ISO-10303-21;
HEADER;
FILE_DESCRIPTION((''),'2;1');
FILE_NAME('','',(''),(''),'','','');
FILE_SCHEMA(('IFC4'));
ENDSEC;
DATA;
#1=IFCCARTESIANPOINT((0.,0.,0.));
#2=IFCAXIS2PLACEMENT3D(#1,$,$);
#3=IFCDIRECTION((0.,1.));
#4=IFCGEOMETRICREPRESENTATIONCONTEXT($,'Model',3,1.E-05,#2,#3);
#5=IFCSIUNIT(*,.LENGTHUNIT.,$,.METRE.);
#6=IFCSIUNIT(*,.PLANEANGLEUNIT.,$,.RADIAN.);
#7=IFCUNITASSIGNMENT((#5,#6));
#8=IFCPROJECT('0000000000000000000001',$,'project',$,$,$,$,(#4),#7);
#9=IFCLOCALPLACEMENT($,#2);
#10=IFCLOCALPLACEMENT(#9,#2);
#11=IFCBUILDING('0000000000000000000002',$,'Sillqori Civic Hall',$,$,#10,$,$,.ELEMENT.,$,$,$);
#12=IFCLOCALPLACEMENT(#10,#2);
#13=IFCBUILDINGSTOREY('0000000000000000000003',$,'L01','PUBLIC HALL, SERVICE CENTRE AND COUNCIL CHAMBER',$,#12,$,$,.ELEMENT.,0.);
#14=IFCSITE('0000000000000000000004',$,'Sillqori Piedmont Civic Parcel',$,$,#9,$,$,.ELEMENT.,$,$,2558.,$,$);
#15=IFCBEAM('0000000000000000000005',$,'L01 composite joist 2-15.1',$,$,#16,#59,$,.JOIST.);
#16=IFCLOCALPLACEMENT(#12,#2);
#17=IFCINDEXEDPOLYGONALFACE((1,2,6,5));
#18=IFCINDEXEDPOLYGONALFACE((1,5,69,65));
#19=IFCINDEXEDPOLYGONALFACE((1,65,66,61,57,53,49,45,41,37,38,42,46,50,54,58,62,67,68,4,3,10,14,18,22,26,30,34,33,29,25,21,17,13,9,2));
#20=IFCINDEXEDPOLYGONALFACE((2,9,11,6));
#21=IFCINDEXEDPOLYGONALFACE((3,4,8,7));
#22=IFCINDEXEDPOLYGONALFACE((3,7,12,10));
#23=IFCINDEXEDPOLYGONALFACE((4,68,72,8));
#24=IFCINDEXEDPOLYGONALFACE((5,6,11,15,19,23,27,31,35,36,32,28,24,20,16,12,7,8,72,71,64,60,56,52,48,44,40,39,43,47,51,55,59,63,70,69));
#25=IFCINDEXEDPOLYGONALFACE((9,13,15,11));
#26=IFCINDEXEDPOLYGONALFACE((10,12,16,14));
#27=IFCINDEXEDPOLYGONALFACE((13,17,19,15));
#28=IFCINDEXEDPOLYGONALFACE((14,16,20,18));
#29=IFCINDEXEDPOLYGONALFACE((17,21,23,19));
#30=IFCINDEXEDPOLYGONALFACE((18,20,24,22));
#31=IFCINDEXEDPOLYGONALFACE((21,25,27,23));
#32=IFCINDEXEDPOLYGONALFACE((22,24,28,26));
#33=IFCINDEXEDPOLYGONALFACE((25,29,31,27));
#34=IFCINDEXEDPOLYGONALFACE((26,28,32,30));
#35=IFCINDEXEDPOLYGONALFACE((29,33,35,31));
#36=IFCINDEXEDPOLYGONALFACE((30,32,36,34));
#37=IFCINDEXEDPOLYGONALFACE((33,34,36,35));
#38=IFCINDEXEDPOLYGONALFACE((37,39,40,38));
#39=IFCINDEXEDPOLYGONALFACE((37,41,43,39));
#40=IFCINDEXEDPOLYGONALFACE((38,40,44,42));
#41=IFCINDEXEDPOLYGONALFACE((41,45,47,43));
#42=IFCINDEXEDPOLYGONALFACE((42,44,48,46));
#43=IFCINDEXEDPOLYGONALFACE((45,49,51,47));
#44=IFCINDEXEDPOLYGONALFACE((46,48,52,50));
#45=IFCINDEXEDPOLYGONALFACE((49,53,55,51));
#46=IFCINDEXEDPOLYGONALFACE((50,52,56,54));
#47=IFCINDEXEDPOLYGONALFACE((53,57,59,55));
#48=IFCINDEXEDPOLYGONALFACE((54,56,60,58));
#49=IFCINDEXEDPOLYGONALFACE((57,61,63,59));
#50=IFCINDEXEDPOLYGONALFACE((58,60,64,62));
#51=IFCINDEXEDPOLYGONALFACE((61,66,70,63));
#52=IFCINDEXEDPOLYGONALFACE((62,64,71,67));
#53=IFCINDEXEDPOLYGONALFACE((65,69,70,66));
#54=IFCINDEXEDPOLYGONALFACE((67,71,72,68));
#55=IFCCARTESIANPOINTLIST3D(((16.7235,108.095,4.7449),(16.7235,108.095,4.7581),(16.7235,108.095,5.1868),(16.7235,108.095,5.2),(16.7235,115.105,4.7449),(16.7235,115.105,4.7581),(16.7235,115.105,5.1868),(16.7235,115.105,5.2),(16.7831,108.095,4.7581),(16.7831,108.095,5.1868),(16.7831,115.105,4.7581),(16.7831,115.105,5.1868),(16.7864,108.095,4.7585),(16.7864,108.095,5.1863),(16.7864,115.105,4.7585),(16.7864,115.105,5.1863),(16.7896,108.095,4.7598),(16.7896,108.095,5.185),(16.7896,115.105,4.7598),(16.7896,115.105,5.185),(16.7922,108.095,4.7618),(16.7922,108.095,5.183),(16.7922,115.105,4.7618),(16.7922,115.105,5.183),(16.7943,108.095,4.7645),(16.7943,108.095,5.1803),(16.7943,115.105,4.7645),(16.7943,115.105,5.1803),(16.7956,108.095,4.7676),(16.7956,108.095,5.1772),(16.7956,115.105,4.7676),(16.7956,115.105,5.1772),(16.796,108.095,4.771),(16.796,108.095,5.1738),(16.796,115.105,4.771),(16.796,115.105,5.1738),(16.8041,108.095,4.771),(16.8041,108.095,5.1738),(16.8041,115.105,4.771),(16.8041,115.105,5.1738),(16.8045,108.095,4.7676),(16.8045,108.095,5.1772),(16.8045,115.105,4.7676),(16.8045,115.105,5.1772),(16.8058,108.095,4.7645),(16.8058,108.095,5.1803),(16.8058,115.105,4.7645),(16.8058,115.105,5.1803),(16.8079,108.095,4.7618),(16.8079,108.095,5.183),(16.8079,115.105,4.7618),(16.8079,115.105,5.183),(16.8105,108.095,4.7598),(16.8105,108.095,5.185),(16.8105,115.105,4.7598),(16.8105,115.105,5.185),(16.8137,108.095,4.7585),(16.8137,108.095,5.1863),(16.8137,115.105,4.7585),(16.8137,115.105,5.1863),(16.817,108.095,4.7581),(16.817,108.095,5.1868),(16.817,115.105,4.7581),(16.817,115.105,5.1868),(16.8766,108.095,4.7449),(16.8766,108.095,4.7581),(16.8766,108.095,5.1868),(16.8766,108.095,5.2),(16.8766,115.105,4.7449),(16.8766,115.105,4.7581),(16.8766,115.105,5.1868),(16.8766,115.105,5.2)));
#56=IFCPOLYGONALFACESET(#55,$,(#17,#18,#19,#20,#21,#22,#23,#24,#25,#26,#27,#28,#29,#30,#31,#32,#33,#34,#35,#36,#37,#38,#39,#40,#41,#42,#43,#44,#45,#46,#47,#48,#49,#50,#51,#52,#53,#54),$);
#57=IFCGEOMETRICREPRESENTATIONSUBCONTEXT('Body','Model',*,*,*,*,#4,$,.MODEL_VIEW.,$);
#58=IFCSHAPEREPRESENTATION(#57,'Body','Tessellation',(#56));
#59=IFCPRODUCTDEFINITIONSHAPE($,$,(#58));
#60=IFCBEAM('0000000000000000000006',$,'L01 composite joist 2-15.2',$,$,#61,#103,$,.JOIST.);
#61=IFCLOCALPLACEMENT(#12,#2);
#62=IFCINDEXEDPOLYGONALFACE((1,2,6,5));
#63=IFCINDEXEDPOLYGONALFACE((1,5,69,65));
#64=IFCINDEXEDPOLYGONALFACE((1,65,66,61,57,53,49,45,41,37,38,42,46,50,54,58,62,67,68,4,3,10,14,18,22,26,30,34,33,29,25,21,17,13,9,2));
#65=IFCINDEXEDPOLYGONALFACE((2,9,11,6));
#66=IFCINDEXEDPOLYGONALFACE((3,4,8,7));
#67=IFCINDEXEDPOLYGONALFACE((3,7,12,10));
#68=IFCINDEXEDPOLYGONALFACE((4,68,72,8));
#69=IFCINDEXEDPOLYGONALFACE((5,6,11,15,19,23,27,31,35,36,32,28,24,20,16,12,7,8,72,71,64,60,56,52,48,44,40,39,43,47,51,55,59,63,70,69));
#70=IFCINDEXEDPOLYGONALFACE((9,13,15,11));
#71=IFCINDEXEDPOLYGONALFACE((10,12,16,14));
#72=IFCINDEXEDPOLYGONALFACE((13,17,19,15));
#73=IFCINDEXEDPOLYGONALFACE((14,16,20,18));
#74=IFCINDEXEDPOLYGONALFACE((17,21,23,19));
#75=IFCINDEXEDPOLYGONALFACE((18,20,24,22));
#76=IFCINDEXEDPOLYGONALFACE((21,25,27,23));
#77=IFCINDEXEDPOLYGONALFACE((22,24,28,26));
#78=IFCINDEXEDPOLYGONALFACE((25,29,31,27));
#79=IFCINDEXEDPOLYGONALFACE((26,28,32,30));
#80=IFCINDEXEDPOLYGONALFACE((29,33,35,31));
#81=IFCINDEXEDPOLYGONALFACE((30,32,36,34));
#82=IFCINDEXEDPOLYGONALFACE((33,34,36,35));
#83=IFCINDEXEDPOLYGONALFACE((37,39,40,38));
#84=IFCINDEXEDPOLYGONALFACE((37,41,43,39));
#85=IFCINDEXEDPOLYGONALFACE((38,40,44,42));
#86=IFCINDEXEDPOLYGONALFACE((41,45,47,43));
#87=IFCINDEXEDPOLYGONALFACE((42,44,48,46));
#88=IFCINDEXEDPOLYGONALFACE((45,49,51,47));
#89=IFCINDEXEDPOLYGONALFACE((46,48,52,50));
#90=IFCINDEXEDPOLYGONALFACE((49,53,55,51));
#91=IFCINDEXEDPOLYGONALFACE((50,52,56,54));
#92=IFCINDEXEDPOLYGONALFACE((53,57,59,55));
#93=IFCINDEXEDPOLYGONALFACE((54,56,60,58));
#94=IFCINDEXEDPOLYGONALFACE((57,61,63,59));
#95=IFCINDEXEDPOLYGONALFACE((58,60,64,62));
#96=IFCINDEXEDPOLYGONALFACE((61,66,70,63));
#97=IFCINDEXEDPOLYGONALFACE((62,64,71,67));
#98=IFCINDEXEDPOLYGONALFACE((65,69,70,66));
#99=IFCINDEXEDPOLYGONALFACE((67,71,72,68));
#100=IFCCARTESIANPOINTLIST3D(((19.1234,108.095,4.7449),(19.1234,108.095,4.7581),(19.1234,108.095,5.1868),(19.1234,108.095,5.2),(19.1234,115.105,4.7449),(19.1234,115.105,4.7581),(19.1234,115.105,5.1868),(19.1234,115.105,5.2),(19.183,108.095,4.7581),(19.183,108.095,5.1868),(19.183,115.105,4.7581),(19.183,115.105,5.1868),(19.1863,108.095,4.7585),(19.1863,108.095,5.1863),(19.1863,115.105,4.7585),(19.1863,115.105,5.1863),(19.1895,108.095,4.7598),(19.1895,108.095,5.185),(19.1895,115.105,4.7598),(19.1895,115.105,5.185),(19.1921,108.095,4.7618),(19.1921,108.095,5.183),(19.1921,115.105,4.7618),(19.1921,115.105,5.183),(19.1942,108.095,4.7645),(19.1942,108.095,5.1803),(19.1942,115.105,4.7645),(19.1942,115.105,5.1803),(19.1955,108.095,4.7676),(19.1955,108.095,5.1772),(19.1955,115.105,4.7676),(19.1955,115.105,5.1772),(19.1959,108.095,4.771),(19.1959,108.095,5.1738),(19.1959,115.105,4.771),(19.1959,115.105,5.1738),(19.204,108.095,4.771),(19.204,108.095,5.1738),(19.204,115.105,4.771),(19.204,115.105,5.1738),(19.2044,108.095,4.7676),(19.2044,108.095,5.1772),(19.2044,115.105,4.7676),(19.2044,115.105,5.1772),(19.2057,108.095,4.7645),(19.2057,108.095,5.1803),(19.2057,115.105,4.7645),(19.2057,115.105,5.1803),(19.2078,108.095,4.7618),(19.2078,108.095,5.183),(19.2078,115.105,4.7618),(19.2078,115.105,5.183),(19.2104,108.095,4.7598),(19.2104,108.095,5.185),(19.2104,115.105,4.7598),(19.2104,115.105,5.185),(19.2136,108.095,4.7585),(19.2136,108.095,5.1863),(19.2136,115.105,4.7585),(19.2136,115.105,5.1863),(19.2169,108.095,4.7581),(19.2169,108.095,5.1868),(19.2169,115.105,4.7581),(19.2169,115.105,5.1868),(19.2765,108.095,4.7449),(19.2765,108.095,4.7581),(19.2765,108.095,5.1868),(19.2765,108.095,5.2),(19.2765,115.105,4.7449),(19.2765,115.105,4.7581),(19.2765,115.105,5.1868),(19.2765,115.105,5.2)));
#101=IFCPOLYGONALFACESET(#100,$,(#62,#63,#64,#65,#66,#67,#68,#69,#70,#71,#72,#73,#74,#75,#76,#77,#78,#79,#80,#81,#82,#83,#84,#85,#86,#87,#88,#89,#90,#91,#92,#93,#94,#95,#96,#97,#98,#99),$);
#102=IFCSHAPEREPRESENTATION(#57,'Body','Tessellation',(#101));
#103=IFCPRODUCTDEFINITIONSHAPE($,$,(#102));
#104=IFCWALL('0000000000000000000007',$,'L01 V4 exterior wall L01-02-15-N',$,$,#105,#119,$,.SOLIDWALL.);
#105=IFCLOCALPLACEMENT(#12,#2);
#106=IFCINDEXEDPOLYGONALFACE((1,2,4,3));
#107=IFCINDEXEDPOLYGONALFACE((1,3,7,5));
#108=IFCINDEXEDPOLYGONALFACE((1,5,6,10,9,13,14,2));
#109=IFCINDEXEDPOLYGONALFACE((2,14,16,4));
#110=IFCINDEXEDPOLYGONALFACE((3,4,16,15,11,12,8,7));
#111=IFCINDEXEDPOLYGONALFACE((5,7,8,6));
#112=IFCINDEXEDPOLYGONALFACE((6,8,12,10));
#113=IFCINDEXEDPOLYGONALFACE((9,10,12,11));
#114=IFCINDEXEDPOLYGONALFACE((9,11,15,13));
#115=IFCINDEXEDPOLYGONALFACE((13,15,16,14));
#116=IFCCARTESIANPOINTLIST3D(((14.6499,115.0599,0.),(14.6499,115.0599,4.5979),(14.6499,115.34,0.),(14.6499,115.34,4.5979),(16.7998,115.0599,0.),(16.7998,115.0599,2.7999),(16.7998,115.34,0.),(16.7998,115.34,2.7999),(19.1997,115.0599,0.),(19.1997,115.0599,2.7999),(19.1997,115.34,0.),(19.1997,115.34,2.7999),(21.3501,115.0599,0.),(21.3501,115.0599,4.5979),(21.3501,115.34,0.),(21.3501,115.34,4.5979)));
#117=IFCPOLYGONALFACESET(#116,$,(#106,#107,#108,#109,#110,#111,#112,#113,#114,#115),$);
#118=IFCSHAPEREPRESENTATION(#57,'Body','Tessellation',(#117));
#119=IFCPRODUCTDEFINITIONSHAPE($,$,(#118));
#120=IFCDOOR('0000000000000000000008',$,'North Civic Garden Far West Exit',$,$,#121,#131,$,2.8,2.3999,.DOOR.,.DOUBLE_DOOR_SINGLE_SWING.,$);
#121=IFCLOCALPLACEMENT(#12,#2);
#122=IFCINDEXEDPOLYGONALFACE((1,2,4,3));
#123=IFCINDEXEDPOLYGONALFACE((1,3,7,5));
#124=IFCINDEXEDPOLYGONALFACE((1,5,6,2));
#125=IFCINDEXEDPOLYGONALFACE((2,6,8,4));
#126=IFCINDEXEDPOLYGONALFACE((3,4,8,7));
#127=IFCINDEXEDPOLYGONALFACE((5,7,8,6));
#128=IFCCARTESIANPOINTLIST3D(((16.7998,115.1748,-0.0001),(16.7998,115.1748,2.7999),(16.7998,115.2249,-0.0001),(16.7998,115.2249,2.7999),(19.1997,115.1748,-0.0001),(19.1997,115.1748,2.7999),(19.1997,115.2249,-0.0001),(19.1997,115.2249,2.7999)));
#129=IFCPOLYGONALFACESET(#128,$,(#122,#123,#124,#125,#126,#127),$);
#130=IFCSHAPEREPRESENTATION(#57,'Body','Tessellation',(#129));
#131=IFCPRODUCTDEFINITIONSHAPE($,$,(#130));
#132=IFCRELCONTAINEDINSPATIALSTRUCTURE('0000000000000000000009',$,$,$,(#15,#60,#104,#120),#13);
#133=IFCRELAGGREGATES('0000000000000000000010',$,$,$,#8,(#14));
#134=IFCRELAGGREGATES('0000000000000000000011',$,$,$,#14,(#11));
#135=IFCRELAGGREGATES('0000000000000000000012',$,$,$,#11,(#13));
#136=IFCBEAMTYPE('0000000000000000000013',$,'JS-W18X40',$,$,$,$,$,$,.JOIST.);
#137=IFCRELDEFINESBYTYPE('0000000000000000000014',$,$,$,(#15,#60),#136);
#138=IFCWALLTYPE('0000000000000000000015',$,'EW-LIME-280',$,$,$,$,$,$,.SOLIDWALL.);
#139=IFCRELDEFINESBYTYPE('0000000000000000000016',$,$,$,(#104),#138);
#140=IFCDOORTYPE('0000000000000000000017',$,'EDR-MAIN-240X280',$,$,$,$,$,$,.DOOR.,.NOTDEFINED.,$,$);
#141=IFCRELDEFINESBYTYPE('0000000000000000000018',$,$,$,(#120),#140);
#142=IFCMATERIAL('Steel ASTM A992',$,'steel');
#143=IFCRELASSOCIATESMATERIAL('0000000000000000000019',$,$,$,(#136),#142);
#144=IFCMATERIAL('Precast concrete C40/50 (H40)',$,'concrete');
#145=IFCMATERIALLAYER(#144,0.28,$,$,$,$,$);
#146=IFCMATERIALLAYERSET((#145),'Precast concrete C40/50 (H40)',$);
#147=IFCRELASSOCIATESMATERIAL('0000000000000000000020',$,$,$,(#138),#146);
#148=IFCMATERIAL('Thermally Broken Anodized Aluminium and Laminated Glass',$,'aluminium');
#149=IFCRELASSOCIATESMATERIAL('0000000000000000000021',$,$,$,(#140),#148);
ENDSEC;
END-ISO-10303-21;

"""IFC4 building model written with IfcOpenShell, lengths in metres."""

from ifc_helpers import new_model, si_unit, direction, frame, frame_2d, origin, origin_2d, place, context, subcontext, project, spatial, rectangle, i_section, extrude, material, layer, layer_set, material_profile, profile_set, type_object, element, fill, save


model = new_model("IFC4")

# Units and contexts
model_context = context("Model", 3, precision=1e-05, world=origin(), true_north=direction((0.0, 1.0)))
body_context = subcontext(model_context, "Body", "Model", "MODEL_VIEW")
ifc_project = project(units=[si_unit("LENGTHUNIT", "METRE"), si_unit("PLANEANGLEUNIT", "RADIAN")], contexts=[model_context])

# Site, building, storey
site_placement = place(None, origin())
site = spatial("IfcSite", under=ifc_project, at=site_placement, Name="Sillqori Piedmont Civic Parcel", CompositionType="ELEMENT", RefElevation=2558.0)
building_placement = place(site_placement, origin())
building = spatial("IfcBuilding", under=site, at=building_placement, Name="Sillqori Civic Hall", CompositionType="ELEMENT")
storey_placement = place(building_placement, origin())
storey = spatial("IfcBuildingStorey", under=building, at=storey_placement, Name="L01", Description="PUBLIC HALL, SERVICE CENTRE AND COUNCIL CHAMBER", CompositionType="ELEMENT", Elevation=0.0)

# Shared definitions
ifc_material_1 = material(Name="Steel ASTM A992", Category="steel")

# Beams
ifc_material_profile_1 = material_profile(ifc_material_1, i_section(OverallWidth=0.1531, OverallDepth=0.4551, WebThickness=0.0081, FlangeThickness=0.0132, FilletRadius=0.0129, at=origin_2d()), Name="W18X40")
ifc_profile_set_1 = profile_set([ifc_material_profile_1], Name="Steel ASTM A992")
beam_type_1 = type_object("IfcBeamType", Name="JS-W18X40", PredefinedType="JOIST", material=ifc_profile_set_1)
for number, where, z_axis, x_axis, name in (
    (1, (16.8, 108.095, 4.9724), (0.0, 1.0, 0.0), (-1.0, 0.0, 0.0), "L01 composite joist 2-15.1"),
    (2, (19.2, 108.095, 4.9724), (0.0, 1.0, 0.0), (-1.0, 0.0, 0.0), "L01 composite joist 2-15.2"),
):
    element("IfcBeam", number, at=place(storey_placement, frame(where, z_axis=z_axis, x_axis=x_axis)), inside=storey, type_object=beam_type_1, Name=name, PredefinedType="JOIST", context=body_context, shape_type="SweptSolid", body=[
        extrude(i_section(OverallWidth=0.1531, OverallDepth=0.4551, WebThickness=0.0081, FlangeThickness=0.0132, FilletRadius=0.0129, at=origin_2d()), origin(), (0.0, 0.0, 1.0), 7.01),
    ])

# Wall, opening, door
ifc_material_2 = material(Name="Precast concrete C40/50 (H40)", Category="concrete")
ifc_layer = layer(ifc_material_2, 0.28)
ifc_layer_set = layer_set([ifc_layer], Name="Precast concrete C40/50 (H40)")
wall_type = type_object("IfcWallType", Name="EW-LIME-280", PredefinedType="SOLIDWALL", material=ifc_layer_set)
wall_placement = place(storey_placement, frame((14.6499, 115.2, 0.0), z_axis=(0.0, 0.0, 1.0), x_axis=(1.0, 0.0, 0.0)))
wall = element("IfcWall", 3, at=wall_placement, inside=storey, type_object=wall_type, Name="L01 V4 exterior wall L01-02-15-N", PredefinedType="SOLIDWALL", context=body_context, shape_type="SweptSolid", body=[
    extrude(rectangle(XDim=6.7002, YDim=0.28, at=frame_2d((3.3501, 0.0))), origin(), (0.0, 0.0, 1.0), 4.5979),
])
opening_placement = place(wall_placement, frame((2.1499, 0.0, 0.0)))
opening = element("IfcOpeningElement", 4, at=opening_placement, cuts=wall, PredefinedType="OPENING", context=body_context, shape_type="SweptSolid", body=[
    extrude(rectangle(XDim=2.3999, YDim=2.8, at=frame_2d((1.2, 1.3999))), frame((0.0, 0.1499, 0.0), z_axis=(0.0, -1.0, 0.0), x_axis=(1.0, 0.0, 0.0)), (0.0, 0.0, 1.0), 0.3),
])
ifc_material_3 = material(Name="Thermally Broken Anodized Aluminium and Laminated Glass", Category="aluminium")
door_type = type_object("IfcDoorType", Name="EDR-MAIN-240X280", OperationType="NOTDEFINED", PredefinedType="DOOR", material=ifc_material_3)
door_placement = place(opening_placement, origin())
door = element("IfcDoor", 5, at=door_placement, inside=storey, type_object=door_type, Name="North Civic Garden Far West Exit", OperationType="DOUBLE_DOOR_SINGLE_SWING", OverallHeight=2.8, OverallWidth=2.3999, PredefinedType="DOOR", context=body_context, shape_type="SweptSolid", body=[
    extrude(rectangle(XDim=2.3999, YDim=2.8, at=frame_2d((1.2, 1.3999))), frame((0.0, 0.0249, 0.0), z_axis=(0.0, -1.0, 0.0), x_axis=(1.0, 0.0, 0.0)), (0.0, 0.0, 1.0), 0.05),
])
fill(opening, door)

save(model, "model.ifc")
